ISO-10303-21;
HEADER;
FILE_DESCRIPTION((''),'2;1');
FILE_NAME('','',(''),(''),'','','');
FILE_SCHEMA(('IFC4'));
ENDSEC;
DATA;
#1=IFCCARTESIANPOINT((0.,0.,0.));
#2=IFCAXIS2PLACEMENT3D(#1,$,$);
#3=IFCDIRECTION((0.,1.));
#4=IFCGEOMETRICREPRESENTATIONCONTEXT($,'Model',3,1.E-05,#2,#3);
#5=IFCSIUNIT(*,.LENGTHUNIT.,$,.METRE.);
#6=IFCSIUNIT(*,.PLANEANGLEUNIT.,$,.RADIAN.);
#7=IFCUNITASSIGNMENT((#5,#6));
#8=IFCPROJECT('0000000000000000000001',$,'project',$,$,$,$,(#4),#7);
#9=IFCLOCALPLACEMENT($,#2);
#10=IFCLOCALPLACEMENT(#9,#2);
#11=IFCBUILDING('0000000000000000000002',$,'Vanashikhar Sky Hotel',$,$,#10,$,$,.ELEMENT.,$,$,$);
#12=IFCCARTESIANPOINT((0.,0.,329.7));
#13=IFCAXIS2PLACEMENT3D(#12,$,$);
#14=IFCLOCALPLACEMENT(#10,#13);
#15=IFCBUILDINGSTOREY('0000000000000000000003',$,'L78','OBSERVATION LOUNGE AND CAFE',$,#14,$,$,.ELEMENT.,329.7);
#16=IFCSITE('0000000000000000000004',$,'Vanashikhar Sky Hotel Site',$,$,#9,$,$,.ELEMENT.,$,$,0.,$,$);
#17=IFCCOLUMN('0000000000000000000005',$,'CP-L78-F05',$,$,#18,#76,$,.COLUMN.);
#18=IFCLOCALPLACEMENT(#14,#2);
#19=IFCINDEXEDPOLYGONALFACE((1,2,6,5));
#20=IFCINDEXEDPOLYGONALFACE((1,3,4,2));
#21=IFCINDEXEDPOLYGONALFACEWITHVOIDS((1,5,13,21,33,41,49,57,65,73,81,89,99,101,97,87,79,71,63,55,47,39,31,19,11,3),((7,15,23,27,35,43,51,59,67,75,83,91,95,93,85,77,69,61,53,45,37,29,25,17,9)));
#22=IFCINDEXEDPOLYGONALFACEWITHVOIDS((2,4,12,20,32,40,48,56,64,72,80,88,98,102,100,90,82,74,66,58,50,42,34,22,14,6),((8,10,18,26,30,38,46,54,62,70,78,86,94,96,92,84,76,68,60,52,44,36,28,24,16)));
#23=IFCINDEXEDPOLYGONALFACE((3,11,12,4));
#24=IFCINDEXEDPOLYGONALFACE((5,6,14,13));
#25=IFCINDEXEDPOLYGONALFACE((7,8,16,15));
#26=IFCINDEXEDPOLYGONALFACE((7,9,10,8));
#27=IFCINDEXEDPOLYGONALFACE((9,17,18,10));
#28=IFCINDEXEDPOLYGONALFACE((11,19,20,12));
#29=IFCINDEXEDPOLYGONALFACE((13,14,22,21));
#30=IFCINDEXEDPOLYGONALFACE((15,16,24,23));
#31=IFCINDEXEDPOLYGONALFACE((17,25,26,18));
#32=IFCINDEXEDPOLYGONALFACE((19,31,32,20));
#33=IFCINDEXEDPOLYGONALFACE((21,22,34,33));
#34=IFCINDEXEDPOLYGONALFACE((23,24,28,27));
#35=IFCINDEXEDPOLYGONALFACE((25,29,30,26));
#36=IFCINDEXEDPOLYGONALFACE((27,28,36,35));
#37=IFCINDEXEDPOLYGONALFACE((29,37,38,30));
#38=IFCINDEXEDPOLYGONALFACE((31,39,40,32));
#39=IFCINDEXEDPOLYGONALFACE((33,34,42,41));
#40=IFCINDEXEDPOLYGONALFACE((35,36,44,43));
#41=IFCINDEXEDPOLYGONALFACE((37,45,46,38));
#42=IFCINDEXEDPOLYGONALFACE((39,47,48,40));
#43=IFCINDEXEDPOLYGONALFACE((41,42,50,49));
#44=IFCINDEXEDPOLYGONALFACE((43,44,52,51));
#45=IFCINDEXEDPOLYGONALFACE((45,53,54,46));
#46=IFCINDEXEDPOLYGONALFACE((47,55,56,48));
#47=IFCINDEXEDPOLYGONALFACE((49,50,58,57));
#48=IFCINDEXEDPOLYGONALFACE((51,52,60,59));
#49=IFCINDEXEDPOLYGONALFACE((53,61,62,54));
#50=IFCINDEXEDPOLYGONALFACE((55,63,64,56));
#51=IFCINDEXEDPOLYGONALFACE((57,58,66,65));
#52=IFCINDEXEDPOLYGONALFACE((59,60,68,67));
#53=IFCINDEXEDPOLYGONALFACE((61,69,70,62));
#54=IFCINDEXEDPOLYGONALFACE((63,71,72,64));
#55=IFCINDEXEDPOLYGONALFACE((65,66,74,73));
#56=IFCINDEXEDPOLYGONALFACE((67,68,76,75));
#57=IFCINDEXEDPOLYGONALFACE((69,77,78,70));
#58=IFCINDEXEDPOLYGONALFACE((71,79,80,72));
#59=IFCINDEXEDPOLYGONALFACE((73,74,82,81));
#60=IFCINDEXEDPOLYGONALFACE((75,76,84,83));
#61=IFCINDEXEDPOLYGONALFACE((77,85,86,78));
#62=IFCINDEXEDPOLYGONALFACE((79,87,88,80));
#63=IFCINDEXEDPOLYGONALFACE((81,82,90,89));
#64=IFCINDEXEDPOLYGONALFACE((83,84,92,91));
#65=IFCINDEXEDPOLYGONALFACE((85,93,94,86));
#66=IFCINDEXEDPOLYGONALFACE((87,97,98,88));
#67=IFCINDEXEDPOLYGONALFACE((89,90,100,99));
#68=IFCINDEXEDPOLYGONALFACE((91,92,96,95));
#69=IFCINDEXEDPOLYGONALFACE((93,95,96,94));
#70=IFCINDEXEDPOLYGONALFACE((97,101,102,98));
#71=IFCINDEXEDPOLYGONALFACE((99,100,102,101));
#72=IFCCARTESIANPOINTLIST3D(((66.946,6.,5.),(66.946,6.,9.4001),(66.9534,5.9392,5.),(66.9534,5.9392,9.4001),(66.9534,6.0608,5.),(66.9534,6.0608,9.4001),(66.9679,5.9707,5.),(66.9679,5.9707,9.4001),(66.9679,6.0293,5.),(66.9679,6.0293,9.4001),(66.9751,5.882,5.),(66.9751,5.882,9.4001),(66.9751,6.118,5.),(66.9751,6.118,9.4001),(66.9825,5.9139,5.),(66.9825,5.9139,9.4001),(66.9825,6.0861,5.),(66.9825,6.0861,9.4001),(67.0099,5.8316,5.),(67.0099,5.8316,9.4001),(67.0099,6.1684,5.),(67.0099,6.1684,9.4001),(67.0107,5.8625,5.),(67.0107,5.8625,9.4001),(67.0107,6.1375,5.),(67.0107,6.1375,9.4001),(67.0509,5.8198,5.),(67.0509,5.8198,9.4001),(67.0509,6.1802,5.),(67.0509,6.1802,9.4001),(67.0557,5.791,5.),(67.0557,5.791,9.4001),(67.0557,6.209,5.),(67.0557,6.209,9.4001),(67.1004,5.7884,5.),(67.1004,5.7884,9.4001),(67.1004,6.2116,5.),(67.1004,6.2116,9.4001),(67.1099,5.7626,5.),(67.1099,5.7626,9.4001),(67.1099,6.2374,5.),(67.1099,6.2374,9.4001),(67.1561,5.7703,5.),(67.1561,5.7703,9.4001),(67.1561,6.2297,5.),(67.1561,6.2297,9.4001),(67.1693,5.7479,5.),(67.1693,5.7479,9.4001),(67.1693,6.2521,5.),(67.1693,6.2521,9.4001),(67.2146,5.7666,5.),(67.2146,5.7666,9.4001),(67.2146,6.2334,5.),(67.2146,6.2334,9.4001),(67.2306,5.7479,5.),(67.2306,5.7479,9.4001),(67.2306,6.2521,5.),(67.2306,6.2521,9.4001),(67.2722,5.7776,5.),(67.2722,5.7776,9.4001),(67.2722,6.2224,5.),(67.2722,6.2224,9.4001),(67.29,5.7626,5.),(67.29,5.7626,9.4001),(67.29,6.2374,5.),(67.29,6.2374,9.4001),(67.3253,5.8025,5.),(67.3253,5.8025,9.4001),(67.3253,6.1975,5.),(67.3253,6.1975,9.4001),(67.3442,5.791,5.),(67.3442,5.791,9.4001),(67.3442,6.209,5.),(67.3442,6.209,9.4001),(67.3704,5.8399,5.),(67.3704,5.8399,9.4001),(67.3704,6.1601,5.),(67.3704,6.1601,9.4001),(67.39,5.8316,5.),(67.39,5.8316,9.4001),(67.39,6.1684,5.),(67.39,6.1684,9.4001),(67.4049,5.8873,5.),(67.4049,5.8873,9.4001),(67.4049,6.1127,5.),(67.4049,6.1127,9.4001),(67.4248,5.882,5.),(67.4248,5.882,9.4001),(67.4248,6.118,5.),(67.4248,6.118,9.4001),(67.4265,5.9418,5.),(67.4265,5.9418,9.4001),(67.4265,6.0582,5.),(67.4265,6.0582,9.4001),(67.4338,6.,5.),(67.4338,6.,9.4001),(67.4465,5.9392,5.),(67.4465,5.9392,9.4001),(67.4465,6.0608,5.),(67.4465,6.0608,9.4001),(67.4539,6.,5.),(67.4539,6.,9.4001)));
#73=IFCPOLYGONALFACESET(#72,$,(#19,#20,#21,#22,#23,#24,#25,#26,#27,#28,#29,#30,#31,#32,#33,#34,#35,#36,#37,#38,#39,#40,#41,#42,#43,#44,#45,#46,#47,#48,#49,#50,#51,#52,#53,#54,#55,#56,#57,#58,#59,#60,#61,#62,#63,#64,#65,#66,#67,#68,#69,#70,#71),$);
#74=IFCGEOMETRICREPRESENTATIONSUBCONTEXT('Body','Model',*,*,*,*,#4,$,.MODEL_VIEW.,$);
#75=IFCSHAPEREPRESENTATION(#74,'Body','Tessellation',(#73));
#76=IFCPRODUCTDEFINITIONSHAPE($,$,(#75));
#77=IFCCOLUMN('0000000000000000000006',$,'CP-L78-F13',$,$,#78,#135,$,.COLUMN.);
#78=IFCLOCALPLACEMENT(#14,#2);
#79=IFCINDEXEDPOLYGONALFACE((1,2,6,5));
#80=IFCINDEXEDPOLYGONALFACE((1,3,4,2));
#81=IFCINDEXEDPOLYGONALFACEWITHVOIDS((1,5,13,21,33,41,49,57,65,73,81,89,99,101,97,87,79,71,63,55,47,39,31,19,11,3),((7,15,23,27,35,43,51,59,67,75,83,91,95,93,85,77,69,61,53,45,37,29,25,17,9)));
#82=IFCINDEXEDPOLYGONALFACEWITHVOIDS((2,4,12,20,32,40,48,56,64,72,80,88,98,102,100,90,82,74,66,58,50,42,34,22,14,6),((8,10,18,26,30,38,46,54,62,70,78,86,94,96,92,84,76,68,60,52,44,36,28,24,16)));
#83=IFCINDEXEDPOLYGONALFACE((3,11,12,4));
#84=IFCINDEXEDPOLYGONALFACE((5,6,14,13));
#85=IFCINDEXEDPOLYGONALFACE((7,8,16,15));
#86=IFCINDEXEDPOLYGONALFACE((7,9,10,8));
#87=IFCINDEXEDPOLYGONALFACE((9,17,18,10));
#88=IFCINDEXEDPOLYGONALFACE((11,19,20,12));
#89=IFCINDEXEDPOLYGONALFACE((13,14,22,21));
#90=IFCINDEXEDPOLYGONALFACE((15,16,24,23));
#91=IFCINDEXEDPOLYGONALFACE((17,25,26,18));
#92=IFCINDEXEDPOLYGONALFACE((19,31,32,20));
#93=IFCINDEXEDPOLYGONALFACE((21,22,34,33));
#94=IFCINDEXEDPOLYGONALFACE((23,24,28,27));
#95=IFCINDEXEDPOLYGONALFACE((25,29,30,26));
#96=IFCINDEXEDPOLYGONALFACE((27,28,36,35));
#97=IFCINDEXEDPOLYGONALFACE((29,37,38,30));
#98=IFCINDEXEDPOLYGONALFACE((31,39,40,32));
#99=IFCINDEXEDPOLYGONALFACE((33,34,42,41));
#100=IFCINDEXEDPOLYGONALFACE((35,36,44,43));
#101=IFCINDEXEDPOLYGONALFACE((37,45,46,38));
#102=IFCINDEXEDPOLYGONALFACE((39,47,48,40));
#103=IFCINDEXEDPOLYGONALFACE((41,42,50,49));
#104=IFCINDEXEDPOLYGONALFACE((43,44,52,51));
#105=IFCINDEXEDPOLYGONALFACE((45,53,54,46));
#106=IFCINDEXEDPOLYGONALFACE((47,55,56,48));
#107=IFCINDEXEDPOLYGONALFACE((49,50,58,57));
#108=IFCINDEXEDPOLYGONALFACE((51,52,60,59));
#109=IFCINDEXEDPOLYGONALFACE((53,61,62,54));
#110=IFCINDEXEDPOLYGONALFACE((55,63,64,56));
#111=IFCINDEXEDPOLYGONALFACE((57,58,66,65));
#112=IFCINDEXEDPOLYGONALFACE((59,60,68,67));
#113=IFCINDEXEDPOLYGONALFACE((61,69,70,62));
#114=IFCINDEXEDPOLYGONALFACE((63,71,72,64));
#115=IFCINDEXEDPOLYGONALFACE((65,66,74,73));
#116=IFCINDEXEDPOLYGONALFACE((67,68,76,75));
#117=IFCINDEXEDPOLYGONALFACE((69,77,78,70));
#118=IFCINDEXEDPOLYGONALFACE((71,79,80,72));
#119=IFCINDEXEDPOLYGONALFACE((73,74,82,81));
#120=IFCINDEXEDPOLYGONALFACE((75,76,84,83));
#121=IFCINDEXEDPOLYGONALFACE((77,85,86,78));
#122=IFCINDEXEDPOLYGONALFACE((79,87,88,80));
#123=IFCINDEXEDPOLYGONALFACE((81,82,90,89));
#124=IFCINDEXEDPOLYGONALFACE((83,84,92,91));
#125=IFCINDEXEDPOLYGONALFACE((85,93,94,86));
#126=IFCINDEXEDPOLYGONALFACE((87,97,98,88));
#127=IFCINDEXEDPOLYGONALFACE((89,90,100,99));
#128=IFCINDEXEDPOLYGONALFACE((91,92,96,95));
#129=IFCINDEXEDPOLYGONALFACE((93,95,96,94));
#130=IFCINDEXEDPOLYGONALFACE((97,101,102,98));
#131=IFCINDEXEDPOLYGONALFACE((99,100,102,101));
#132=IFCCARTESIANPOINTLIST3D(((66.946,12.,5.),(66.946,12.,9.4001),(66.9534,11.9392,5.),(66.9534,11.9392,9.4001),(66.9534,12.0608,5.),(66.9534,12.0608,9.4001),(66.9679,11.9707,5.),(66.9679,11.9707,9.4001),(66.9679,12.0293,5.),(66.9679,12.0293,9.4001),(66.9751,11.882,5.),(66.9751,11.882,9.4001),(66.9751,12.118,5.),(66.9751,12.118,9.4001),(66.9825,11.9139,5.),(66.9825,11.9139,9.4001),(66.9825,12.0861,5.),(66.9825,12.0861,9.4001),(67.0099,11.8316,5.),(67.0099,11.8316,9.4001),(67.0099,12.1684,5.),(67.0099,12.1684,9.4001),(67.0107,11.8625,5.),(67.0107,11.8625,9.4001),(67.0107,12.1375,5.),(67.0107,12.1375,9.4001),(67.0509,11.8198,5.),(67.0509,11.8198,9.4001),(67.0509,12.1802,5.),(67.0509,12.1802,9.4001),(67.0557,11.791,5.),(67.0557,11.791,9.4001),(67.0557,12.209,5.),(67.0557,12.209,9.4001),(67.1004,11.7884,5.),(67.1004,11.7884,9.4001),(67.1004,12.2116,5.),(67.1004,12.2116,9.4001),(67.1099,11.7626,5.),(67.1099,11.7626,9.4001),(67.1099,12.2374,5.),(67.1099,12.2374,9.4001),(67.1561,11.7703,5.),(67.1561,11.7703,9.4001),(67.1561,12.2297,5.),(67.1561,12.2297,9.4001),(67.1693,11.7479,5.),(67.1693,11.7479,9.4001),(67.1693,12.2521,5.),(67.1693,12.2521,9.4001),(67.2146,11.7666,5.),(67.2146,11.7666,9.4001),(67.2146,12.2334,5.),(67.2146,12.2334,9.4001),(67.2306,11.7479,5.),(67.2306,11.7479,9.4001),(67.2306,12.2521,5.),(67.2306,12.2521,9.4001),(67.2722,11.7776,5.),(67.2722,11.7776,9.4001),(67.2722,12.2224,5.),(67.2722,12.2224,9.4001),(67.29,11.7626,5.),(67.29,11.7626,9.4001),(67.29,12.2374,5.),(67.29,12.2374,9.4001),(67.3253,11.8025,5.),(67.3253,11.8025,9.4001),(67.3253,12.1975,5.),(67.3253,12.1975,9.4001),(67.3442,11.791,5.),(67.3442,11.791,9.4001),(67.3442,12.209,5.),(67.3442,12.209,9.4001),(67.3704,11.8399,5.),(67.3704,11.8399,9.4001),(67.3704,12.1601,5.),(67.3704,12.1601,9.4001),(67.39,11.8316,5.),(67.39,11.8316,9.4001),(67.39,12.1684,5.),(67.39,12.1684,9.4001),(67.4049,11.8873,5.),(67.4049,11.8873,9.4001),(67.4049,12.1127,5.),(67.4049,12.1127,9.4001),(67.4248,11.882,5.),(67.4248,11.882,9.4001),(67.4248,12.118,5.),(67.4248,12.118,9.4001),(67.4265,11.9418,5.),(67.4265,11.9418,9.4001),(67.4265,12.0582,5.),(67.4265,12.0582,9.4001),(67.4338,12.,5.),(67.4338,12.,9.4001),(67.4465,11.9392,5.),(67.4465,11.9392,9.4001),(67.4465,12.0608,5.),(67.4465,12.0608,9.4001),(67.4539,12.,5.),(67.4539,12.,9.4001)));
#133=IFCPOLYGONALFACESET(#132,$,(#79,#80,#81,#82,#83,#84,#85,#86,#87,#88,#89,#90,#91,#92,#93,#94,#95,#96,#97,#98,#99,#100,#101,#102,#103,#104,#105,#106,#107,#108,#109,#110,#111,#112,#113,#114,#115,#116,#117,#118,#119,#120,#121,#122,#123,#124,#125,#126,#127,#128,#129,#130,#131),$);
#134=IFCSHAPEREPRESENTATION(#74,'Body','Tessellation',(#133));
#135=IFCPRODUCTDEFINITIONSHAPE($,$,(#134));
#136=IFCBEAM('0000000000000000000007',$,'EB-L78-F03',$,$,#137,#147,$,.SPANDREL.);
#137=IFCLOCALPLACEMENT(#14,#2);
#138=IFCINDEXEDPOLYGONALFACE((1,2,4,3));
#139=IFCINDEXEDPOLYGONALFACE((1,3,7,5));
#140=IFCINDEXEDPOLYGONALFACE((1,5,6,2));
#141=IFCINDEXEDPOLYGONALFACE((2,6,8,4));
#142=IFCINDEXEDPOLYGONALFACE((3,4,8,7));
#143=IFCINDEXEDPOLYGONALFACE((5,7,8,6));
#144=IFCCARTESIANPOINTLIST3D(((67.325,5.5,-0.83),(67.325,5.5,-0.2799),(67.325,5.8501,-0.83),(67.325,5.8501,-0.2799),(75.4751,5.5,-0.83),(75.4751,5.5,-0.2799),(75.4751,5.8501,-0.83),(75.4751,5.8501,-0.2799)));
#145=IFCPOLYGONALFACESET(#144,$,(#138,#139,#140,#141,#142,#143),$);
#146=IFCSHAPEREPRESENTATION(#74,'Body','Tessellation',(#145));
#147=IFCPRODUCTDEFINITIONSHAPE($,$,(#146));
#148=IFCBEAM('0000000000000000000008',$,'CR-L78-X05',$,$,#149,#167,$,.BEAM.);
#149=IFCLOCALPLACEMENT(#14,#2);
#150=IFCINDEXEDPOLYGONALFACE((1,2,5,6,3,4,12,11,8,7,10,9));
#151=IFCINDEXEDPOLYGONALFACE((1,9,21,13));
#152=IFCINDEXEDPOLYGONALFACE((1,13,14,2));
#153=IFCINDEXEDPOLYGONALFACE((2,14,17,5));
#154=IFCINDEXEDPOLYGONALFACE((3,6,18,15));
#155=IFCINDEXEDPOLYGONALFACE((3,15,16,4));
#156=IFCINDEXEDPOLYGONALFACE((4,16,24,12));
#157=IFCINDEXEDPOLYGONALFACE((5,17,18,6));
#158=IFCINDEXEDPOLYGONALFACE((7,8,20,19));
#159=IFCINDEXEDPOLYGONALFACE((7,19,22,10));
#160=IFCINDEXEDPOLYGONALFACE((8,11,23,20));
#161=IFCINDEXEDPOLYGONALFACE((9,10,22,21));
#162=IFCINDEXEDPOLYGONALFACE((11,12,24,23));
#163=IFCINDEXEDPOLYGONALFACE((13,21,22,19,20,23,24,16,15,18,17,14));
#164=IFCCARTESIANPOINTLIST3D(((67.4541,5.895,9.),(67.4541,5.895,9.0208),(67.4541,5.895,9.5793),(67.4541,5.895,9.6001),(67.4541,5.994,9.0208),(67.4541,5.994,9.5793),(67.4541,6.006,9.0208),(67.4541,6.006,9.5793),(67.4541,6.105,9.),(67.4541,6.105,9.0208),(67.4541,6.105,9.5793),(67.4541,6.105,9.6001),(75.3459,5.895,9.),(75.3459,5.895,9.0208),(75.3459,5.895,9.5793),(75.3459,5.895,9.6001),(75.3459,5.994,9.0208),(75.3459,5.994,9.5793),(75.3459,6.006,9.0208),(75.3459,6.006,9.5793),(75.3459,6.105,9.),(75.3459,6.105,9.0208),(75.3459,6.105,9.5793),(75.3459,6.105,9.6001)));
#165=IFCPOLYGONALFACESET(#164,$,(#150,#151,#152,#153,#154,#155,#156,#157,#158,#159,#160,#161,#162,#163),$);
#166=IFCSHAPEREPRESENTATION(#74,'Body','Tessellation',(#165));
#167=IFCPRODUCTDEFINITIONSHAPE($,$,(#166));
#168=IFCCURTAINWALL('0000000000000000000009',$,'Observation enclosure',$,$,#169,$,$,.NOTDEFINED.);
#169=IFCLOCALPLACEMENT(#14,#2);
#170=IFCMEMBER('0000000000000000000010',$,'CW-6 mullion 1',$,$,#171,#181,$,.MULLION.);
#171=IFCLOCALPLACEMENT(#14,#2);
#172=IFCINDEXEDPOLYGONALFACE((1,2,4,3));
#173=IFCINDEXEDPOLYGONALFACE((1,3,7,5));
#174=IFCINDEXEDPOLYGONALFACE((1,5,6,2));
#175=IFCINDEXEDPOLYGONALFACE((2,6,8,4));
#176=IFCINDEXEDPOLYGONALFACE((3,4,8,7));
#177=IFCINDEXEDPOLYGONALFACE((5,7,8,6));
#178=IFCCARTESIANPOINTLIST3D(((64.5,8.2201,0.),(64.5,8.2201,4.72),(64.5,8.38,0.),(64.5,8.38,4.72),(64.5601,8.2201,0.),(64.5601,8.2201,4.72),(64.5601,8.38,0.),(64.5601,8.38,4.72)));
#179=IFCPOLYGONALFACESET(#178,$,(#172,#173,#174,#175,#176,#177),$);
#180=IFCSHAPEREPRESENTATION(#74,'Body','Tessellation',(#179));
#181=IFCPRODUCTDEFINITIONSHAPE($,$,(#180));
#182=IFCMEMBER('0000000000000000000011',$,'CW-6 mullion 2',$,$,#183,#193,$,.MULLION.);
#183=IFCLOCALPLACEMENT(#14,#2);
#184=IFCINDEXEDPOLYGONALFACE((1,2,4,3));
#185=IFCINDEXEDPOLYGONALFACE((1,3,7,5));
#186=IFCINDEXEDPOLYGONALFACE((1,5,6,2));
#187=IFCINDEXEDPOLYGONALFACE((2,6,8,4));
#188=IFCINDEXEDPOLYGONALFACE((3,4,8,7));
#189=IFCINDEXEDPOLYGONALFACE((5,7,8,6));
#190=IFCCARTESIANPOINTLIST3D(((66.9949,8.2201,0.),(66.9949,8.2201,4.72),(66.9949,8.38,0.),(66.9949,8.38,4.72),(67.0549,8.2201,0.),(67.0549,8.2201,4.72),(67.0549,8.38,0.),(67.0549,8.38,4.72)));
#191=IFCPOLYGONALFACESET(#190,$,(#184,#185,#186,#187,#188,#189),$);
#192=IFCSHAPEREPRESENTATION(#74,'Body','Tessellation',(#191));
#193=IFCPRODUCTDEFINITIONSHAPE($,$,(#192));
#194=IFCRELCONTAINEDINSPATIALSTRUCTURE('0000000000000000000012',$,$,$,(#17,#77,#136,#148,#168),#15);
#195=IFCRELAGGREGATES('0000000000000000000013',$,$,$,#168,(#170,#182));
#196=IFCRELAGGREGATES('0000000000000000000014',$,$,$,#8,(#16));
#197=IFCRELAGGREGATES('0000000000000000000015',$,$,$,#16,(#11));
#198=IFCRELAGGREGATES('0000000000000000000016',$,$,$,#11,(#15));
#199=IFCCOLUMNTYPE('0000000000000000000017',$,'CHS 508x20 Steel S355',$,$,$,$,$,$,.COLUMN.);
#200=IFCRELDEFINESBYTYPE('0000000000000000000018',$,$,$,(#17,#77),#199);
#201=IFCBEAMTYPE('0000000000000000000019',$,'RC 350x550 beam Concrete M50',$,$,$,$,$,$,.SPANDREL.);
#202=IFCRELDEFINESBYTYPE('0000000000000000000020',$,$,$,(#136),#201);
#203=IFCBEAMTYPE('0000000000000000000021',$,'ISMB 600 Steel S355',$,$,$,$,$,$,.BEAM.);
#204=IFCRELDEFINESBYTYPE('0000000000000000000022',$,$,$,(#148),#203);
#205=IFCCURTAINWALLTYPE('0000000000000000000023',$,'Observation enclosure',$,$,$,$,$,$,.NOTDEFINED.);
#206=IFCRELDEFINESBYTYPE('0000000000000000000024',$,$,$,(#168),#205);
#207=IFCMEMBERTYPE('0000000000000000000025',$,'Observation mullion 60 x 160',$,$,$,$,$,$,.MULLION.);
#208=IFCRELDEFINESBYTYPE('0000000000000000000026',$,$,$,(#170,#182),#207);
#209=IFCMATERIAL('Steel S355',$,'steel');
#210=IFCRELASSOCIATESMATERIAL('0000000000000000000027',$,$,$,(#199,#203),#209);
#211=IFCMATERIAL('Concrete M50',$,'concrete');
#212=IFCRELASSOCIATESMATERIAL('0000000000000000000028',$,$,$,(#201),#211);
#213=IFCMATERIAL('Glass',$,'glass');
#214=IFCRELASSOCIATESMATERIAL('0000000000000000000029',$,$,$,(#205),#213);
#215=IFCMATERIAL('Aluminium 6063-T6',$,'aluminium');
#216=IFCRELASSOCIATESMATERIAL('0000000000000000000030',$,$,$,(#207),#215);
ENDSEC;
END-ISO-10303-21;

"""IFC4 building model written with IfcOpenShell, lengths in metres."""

from ifc_helpers import new_model, si_unit, direction, frame, origin, origin_2d, place, context, subcontext, project, spatial, rectangle, hollow_circle, i_section, extrude, source, transform, mapped, material, material_profile, profile_set, type_object, element, aggregate, save


model = new_model("IFC4")

# Units and contexts
model_context = context("Model", 3, precision=1e-05, world=origin(), true_north=direction((0.0, 1.0)))
body_context = subcontext(model_context, "Body", "Model", "MODEL_VIEW")
ifc_project = project(units=[si_unit("LENGTHUNIT", "METRE"), si_unit("PLANEANGLEUNIT", "RADIAN")], contexts=[model_context])

# Site, building, storey
site_placement = place(None, origin())
site = spatial("IfcSite", under=ifc_project, at=site_placement, Name="Vanashikhar Sky Hotel Site", CompositionType="ELEMENT", RefElevation=0.0)
building_placement = place(site_placement, origin())
building = spatial("IfcBuilding", under=site, at=building_placement, Name="Vanashikhar Sky Hotel", CompositionType="ELEMENT")
storey_placement = place(building_placement, frame((0.0, 0.0, 329.7)))
storey = spatial("IfcBuildingStorey", under=building, at=storey_placement, Name="L78", Description="OBSERVATION LOUNGE AND CAFE", CompositionType="ELEMENT", Elevation=329.7)

# Columns
ifc_material_1 = material(Name="Steel S355", Category="steel")
ifc_material_profile_1 = material_profile(ifc_material_1, hollow_circle(Radius=0.2539, WallThickness=0.02, at=origin_2d()))
ifc_profile_set_1 = profile_set([ifc_material_profile_1], Name="CHS 508x20 Steel S355")
column_type = type_object("IfcColumnType", Name="CHS 508x20 Steel S355", PredefinedType="COLUMN", material=ifc_profile_set_1)
shared_shape_1 = source(origin(), body_context, "Body", "SweptSolid", [
    extrude(hollow_circle(Radius=0.2539, WallThickness=0.02, at=origin_2d()), origin(), (0.0, 0.0, 1.0), 4.4001),
])
for number, where, z_axis, x_axis, name in (
    (1, (67.2, 6.0, 5.0), (0.0, 0.0, 1.0), (1.0, 0.0, 0.0), "CP-L78-F05"),
    (2, (67.2, 12.0, 5.0), (0.0, 0.0, 1.0), (1.0, 0.0, 0.0), "CP-L78-F13"),
):
    element("IfcColumn", number, at=place(storey_placement, frame(where, z_axis=z_axis, x_axis=x_axis)), inside=storey, type_object=column_type, Name=name, PredefinedType="COLUMN", context=body_context, shape_type="MappedRepresentation", body=[
        mapped(shared_shape_1, transform((0.0, 0.0, 0.0), scale=1.0)),
    ])

# Beams
ifc_material_2 = material(Name="Concrete M50", Category="concrete")
ifc_material_profile_2 = material_profile(ifc_material_2, rectangle(XDim=0.3501, YDim=0.55, at=origin_2d()))
ifc_profile_set_2 = profile_set([ifc_material_profile_2], Name="RC 350x550 beam Concrete M50")
beam_type_1 = type_object("IfcBeamType", Name="RC 350x550 beam Concrete M50", PredefinedType="SPANDREL", material=ifc_profile_set_2)
shared_shape_2 = source(origin(), body_context, "Body", "SweptSolid", [
    extrude(rectangle(XDim=0.3501, YDim=0.55, at=origin_2d()), origin(), (0.0, 0.0, 1.0), 8.1501),
])
beam_1_placement = place(storey_placement, frame((67.325, 5.675, -0.5549), z_axis=(1.0, 0.0, 0.0), x_axis=(0.0, 1.0, 0.0)))
element("IfcBeam", 3, at=beam_1_placement, inside=storey, type_object=beam_type_1, Name="EB-L78-F03", PredefinedType="SPANDREL", context=body_context, shape_type="MappedRepresentation", body=[
    mapped(shared_shape_2, transform((0.0, 0.0, 0.0), scale=1.0)),
])
ifc_material_profile_3 = material_profile(ifc_material_1, i_section(OverallWidth=0.21, OverallDepth=0.6001, WebThickness=0.012, FlangeThickness=0.0208, at=origin_2d()), Name="ISMB 600")
ifc_profile_set_3 = profile_set([ifc_material_profile_3], Name="Steel S355")
beam_type_2 = type_object("IfcBeamType", Name="ISMB 600 Steel S355", PredefinedType="BEAM", material=ifc_profile_set_3)
shared_shape_3 = source(origin(), body_context, "Body", "SweptSolid", [
    extrude(i_section(OverallWidth=0.21, OverallDepth=0.6001, WebThickness=0.012, FlangeThickness=0.0208, at=origin_2d()), origin(), (0.0, 0.0, 1.0), 7.8918),
])
beam_2_placement = place(storey_placement, frame((67.4541, 6.0, 9.3), z_axis=(1.0, 0.0, 0.0), x_axis=(0.0, 1.0, 0.0)))
element("IfcBeam", 4, at=beam_2_placement, inside=storey, type_object=beam_type_2, Name="CR-L78-X05", PredefinedType="BEAM", context=body_context, shape_type="MappedRepresentation", body=[
    mapped(shared_shape_3, transform((0.0, 0.0, 0.0), scale=1.0)),
])

# Curtain wall, members
ifc_material_3 = material(Name="Glass", Category="glass")
curtain_wall_type = type_object("IfcCurtainWallType", Name="Observation enclosure", PredefinedType="NOTDEFINED", material=ifc_material_3)
curtain_wall_1_placement = place(storey_placement, origin())
curtain_wall_1 = element("IfcCurtainWall", 5, at=curtain_wall_1_placement, inside=storey, type_object=curtain_wall_type, Name="Observation enclosure", PredefinedType="NOTDEFINED")
ifc_material_4 = material(Name="Aluminium 6063-T6", Category="aluminium")
ifc_material_profile_4 = material_profile(ifc_material_4, rectangle(XDim=0.1599, YDim=0.0601, at=origin_2d()))
ifc_profile_set_4 = profile_set([ifc_material_profile_4], Name="Aluminium 6063-T6")
member_type_1 = type_object("IfcMemberType", Name="Observation mullion 60 x 160", PredefinedType="MULLION", material=ifc_profile_set_4)
shared_shape_4 = source(origin(), body_context, "Body", "SweptSolid", [
    extrude(rectangle(XDim=0.1599, YDim=0.0601, at=origin_2d()), origin(), (0.0, 0.0, 1.0), 4.72),
])
member_1_placement = place(storey_placement, frame((64.53, 8.3, 0.0), z_axis=(0.0, 0.0, 1.0), x_axis=(0.0, 1.0, 0.0)))
member_1 = element("IfcMember", 6, at=member_1_placement, type_object=member_type_1, Name="CW-6 mullion 1", PredefinedType="MULLION", context=body_context, shape_type="MappedRepresentation", body=[
    mapped(shared_shape_4, transform((0.0, 0.0, 0.0), scale=1.0)),
])
member_2_placement = place(storey_placement, frame((67.0249, 8.3, 0.0), z_axis=(0.0, 0.0, 1.0), x_axis=(0.0, 1.0, 0.0)))
member_2 = element("IfcMember", 7, at=member_2_placement, type_object=member_type_1, Name="CW-6 mullion 2", PredefinedType="MULLION", context=body_context, shape_type="MappedRepresentation", body=[
    mapped(shared_shape_4, transform((0.0, 0.0, 0.0), scale=1.0)),
])

aggregate(curtain_wall_1, [member_1, member_2])

save(model, "model.ifc")
